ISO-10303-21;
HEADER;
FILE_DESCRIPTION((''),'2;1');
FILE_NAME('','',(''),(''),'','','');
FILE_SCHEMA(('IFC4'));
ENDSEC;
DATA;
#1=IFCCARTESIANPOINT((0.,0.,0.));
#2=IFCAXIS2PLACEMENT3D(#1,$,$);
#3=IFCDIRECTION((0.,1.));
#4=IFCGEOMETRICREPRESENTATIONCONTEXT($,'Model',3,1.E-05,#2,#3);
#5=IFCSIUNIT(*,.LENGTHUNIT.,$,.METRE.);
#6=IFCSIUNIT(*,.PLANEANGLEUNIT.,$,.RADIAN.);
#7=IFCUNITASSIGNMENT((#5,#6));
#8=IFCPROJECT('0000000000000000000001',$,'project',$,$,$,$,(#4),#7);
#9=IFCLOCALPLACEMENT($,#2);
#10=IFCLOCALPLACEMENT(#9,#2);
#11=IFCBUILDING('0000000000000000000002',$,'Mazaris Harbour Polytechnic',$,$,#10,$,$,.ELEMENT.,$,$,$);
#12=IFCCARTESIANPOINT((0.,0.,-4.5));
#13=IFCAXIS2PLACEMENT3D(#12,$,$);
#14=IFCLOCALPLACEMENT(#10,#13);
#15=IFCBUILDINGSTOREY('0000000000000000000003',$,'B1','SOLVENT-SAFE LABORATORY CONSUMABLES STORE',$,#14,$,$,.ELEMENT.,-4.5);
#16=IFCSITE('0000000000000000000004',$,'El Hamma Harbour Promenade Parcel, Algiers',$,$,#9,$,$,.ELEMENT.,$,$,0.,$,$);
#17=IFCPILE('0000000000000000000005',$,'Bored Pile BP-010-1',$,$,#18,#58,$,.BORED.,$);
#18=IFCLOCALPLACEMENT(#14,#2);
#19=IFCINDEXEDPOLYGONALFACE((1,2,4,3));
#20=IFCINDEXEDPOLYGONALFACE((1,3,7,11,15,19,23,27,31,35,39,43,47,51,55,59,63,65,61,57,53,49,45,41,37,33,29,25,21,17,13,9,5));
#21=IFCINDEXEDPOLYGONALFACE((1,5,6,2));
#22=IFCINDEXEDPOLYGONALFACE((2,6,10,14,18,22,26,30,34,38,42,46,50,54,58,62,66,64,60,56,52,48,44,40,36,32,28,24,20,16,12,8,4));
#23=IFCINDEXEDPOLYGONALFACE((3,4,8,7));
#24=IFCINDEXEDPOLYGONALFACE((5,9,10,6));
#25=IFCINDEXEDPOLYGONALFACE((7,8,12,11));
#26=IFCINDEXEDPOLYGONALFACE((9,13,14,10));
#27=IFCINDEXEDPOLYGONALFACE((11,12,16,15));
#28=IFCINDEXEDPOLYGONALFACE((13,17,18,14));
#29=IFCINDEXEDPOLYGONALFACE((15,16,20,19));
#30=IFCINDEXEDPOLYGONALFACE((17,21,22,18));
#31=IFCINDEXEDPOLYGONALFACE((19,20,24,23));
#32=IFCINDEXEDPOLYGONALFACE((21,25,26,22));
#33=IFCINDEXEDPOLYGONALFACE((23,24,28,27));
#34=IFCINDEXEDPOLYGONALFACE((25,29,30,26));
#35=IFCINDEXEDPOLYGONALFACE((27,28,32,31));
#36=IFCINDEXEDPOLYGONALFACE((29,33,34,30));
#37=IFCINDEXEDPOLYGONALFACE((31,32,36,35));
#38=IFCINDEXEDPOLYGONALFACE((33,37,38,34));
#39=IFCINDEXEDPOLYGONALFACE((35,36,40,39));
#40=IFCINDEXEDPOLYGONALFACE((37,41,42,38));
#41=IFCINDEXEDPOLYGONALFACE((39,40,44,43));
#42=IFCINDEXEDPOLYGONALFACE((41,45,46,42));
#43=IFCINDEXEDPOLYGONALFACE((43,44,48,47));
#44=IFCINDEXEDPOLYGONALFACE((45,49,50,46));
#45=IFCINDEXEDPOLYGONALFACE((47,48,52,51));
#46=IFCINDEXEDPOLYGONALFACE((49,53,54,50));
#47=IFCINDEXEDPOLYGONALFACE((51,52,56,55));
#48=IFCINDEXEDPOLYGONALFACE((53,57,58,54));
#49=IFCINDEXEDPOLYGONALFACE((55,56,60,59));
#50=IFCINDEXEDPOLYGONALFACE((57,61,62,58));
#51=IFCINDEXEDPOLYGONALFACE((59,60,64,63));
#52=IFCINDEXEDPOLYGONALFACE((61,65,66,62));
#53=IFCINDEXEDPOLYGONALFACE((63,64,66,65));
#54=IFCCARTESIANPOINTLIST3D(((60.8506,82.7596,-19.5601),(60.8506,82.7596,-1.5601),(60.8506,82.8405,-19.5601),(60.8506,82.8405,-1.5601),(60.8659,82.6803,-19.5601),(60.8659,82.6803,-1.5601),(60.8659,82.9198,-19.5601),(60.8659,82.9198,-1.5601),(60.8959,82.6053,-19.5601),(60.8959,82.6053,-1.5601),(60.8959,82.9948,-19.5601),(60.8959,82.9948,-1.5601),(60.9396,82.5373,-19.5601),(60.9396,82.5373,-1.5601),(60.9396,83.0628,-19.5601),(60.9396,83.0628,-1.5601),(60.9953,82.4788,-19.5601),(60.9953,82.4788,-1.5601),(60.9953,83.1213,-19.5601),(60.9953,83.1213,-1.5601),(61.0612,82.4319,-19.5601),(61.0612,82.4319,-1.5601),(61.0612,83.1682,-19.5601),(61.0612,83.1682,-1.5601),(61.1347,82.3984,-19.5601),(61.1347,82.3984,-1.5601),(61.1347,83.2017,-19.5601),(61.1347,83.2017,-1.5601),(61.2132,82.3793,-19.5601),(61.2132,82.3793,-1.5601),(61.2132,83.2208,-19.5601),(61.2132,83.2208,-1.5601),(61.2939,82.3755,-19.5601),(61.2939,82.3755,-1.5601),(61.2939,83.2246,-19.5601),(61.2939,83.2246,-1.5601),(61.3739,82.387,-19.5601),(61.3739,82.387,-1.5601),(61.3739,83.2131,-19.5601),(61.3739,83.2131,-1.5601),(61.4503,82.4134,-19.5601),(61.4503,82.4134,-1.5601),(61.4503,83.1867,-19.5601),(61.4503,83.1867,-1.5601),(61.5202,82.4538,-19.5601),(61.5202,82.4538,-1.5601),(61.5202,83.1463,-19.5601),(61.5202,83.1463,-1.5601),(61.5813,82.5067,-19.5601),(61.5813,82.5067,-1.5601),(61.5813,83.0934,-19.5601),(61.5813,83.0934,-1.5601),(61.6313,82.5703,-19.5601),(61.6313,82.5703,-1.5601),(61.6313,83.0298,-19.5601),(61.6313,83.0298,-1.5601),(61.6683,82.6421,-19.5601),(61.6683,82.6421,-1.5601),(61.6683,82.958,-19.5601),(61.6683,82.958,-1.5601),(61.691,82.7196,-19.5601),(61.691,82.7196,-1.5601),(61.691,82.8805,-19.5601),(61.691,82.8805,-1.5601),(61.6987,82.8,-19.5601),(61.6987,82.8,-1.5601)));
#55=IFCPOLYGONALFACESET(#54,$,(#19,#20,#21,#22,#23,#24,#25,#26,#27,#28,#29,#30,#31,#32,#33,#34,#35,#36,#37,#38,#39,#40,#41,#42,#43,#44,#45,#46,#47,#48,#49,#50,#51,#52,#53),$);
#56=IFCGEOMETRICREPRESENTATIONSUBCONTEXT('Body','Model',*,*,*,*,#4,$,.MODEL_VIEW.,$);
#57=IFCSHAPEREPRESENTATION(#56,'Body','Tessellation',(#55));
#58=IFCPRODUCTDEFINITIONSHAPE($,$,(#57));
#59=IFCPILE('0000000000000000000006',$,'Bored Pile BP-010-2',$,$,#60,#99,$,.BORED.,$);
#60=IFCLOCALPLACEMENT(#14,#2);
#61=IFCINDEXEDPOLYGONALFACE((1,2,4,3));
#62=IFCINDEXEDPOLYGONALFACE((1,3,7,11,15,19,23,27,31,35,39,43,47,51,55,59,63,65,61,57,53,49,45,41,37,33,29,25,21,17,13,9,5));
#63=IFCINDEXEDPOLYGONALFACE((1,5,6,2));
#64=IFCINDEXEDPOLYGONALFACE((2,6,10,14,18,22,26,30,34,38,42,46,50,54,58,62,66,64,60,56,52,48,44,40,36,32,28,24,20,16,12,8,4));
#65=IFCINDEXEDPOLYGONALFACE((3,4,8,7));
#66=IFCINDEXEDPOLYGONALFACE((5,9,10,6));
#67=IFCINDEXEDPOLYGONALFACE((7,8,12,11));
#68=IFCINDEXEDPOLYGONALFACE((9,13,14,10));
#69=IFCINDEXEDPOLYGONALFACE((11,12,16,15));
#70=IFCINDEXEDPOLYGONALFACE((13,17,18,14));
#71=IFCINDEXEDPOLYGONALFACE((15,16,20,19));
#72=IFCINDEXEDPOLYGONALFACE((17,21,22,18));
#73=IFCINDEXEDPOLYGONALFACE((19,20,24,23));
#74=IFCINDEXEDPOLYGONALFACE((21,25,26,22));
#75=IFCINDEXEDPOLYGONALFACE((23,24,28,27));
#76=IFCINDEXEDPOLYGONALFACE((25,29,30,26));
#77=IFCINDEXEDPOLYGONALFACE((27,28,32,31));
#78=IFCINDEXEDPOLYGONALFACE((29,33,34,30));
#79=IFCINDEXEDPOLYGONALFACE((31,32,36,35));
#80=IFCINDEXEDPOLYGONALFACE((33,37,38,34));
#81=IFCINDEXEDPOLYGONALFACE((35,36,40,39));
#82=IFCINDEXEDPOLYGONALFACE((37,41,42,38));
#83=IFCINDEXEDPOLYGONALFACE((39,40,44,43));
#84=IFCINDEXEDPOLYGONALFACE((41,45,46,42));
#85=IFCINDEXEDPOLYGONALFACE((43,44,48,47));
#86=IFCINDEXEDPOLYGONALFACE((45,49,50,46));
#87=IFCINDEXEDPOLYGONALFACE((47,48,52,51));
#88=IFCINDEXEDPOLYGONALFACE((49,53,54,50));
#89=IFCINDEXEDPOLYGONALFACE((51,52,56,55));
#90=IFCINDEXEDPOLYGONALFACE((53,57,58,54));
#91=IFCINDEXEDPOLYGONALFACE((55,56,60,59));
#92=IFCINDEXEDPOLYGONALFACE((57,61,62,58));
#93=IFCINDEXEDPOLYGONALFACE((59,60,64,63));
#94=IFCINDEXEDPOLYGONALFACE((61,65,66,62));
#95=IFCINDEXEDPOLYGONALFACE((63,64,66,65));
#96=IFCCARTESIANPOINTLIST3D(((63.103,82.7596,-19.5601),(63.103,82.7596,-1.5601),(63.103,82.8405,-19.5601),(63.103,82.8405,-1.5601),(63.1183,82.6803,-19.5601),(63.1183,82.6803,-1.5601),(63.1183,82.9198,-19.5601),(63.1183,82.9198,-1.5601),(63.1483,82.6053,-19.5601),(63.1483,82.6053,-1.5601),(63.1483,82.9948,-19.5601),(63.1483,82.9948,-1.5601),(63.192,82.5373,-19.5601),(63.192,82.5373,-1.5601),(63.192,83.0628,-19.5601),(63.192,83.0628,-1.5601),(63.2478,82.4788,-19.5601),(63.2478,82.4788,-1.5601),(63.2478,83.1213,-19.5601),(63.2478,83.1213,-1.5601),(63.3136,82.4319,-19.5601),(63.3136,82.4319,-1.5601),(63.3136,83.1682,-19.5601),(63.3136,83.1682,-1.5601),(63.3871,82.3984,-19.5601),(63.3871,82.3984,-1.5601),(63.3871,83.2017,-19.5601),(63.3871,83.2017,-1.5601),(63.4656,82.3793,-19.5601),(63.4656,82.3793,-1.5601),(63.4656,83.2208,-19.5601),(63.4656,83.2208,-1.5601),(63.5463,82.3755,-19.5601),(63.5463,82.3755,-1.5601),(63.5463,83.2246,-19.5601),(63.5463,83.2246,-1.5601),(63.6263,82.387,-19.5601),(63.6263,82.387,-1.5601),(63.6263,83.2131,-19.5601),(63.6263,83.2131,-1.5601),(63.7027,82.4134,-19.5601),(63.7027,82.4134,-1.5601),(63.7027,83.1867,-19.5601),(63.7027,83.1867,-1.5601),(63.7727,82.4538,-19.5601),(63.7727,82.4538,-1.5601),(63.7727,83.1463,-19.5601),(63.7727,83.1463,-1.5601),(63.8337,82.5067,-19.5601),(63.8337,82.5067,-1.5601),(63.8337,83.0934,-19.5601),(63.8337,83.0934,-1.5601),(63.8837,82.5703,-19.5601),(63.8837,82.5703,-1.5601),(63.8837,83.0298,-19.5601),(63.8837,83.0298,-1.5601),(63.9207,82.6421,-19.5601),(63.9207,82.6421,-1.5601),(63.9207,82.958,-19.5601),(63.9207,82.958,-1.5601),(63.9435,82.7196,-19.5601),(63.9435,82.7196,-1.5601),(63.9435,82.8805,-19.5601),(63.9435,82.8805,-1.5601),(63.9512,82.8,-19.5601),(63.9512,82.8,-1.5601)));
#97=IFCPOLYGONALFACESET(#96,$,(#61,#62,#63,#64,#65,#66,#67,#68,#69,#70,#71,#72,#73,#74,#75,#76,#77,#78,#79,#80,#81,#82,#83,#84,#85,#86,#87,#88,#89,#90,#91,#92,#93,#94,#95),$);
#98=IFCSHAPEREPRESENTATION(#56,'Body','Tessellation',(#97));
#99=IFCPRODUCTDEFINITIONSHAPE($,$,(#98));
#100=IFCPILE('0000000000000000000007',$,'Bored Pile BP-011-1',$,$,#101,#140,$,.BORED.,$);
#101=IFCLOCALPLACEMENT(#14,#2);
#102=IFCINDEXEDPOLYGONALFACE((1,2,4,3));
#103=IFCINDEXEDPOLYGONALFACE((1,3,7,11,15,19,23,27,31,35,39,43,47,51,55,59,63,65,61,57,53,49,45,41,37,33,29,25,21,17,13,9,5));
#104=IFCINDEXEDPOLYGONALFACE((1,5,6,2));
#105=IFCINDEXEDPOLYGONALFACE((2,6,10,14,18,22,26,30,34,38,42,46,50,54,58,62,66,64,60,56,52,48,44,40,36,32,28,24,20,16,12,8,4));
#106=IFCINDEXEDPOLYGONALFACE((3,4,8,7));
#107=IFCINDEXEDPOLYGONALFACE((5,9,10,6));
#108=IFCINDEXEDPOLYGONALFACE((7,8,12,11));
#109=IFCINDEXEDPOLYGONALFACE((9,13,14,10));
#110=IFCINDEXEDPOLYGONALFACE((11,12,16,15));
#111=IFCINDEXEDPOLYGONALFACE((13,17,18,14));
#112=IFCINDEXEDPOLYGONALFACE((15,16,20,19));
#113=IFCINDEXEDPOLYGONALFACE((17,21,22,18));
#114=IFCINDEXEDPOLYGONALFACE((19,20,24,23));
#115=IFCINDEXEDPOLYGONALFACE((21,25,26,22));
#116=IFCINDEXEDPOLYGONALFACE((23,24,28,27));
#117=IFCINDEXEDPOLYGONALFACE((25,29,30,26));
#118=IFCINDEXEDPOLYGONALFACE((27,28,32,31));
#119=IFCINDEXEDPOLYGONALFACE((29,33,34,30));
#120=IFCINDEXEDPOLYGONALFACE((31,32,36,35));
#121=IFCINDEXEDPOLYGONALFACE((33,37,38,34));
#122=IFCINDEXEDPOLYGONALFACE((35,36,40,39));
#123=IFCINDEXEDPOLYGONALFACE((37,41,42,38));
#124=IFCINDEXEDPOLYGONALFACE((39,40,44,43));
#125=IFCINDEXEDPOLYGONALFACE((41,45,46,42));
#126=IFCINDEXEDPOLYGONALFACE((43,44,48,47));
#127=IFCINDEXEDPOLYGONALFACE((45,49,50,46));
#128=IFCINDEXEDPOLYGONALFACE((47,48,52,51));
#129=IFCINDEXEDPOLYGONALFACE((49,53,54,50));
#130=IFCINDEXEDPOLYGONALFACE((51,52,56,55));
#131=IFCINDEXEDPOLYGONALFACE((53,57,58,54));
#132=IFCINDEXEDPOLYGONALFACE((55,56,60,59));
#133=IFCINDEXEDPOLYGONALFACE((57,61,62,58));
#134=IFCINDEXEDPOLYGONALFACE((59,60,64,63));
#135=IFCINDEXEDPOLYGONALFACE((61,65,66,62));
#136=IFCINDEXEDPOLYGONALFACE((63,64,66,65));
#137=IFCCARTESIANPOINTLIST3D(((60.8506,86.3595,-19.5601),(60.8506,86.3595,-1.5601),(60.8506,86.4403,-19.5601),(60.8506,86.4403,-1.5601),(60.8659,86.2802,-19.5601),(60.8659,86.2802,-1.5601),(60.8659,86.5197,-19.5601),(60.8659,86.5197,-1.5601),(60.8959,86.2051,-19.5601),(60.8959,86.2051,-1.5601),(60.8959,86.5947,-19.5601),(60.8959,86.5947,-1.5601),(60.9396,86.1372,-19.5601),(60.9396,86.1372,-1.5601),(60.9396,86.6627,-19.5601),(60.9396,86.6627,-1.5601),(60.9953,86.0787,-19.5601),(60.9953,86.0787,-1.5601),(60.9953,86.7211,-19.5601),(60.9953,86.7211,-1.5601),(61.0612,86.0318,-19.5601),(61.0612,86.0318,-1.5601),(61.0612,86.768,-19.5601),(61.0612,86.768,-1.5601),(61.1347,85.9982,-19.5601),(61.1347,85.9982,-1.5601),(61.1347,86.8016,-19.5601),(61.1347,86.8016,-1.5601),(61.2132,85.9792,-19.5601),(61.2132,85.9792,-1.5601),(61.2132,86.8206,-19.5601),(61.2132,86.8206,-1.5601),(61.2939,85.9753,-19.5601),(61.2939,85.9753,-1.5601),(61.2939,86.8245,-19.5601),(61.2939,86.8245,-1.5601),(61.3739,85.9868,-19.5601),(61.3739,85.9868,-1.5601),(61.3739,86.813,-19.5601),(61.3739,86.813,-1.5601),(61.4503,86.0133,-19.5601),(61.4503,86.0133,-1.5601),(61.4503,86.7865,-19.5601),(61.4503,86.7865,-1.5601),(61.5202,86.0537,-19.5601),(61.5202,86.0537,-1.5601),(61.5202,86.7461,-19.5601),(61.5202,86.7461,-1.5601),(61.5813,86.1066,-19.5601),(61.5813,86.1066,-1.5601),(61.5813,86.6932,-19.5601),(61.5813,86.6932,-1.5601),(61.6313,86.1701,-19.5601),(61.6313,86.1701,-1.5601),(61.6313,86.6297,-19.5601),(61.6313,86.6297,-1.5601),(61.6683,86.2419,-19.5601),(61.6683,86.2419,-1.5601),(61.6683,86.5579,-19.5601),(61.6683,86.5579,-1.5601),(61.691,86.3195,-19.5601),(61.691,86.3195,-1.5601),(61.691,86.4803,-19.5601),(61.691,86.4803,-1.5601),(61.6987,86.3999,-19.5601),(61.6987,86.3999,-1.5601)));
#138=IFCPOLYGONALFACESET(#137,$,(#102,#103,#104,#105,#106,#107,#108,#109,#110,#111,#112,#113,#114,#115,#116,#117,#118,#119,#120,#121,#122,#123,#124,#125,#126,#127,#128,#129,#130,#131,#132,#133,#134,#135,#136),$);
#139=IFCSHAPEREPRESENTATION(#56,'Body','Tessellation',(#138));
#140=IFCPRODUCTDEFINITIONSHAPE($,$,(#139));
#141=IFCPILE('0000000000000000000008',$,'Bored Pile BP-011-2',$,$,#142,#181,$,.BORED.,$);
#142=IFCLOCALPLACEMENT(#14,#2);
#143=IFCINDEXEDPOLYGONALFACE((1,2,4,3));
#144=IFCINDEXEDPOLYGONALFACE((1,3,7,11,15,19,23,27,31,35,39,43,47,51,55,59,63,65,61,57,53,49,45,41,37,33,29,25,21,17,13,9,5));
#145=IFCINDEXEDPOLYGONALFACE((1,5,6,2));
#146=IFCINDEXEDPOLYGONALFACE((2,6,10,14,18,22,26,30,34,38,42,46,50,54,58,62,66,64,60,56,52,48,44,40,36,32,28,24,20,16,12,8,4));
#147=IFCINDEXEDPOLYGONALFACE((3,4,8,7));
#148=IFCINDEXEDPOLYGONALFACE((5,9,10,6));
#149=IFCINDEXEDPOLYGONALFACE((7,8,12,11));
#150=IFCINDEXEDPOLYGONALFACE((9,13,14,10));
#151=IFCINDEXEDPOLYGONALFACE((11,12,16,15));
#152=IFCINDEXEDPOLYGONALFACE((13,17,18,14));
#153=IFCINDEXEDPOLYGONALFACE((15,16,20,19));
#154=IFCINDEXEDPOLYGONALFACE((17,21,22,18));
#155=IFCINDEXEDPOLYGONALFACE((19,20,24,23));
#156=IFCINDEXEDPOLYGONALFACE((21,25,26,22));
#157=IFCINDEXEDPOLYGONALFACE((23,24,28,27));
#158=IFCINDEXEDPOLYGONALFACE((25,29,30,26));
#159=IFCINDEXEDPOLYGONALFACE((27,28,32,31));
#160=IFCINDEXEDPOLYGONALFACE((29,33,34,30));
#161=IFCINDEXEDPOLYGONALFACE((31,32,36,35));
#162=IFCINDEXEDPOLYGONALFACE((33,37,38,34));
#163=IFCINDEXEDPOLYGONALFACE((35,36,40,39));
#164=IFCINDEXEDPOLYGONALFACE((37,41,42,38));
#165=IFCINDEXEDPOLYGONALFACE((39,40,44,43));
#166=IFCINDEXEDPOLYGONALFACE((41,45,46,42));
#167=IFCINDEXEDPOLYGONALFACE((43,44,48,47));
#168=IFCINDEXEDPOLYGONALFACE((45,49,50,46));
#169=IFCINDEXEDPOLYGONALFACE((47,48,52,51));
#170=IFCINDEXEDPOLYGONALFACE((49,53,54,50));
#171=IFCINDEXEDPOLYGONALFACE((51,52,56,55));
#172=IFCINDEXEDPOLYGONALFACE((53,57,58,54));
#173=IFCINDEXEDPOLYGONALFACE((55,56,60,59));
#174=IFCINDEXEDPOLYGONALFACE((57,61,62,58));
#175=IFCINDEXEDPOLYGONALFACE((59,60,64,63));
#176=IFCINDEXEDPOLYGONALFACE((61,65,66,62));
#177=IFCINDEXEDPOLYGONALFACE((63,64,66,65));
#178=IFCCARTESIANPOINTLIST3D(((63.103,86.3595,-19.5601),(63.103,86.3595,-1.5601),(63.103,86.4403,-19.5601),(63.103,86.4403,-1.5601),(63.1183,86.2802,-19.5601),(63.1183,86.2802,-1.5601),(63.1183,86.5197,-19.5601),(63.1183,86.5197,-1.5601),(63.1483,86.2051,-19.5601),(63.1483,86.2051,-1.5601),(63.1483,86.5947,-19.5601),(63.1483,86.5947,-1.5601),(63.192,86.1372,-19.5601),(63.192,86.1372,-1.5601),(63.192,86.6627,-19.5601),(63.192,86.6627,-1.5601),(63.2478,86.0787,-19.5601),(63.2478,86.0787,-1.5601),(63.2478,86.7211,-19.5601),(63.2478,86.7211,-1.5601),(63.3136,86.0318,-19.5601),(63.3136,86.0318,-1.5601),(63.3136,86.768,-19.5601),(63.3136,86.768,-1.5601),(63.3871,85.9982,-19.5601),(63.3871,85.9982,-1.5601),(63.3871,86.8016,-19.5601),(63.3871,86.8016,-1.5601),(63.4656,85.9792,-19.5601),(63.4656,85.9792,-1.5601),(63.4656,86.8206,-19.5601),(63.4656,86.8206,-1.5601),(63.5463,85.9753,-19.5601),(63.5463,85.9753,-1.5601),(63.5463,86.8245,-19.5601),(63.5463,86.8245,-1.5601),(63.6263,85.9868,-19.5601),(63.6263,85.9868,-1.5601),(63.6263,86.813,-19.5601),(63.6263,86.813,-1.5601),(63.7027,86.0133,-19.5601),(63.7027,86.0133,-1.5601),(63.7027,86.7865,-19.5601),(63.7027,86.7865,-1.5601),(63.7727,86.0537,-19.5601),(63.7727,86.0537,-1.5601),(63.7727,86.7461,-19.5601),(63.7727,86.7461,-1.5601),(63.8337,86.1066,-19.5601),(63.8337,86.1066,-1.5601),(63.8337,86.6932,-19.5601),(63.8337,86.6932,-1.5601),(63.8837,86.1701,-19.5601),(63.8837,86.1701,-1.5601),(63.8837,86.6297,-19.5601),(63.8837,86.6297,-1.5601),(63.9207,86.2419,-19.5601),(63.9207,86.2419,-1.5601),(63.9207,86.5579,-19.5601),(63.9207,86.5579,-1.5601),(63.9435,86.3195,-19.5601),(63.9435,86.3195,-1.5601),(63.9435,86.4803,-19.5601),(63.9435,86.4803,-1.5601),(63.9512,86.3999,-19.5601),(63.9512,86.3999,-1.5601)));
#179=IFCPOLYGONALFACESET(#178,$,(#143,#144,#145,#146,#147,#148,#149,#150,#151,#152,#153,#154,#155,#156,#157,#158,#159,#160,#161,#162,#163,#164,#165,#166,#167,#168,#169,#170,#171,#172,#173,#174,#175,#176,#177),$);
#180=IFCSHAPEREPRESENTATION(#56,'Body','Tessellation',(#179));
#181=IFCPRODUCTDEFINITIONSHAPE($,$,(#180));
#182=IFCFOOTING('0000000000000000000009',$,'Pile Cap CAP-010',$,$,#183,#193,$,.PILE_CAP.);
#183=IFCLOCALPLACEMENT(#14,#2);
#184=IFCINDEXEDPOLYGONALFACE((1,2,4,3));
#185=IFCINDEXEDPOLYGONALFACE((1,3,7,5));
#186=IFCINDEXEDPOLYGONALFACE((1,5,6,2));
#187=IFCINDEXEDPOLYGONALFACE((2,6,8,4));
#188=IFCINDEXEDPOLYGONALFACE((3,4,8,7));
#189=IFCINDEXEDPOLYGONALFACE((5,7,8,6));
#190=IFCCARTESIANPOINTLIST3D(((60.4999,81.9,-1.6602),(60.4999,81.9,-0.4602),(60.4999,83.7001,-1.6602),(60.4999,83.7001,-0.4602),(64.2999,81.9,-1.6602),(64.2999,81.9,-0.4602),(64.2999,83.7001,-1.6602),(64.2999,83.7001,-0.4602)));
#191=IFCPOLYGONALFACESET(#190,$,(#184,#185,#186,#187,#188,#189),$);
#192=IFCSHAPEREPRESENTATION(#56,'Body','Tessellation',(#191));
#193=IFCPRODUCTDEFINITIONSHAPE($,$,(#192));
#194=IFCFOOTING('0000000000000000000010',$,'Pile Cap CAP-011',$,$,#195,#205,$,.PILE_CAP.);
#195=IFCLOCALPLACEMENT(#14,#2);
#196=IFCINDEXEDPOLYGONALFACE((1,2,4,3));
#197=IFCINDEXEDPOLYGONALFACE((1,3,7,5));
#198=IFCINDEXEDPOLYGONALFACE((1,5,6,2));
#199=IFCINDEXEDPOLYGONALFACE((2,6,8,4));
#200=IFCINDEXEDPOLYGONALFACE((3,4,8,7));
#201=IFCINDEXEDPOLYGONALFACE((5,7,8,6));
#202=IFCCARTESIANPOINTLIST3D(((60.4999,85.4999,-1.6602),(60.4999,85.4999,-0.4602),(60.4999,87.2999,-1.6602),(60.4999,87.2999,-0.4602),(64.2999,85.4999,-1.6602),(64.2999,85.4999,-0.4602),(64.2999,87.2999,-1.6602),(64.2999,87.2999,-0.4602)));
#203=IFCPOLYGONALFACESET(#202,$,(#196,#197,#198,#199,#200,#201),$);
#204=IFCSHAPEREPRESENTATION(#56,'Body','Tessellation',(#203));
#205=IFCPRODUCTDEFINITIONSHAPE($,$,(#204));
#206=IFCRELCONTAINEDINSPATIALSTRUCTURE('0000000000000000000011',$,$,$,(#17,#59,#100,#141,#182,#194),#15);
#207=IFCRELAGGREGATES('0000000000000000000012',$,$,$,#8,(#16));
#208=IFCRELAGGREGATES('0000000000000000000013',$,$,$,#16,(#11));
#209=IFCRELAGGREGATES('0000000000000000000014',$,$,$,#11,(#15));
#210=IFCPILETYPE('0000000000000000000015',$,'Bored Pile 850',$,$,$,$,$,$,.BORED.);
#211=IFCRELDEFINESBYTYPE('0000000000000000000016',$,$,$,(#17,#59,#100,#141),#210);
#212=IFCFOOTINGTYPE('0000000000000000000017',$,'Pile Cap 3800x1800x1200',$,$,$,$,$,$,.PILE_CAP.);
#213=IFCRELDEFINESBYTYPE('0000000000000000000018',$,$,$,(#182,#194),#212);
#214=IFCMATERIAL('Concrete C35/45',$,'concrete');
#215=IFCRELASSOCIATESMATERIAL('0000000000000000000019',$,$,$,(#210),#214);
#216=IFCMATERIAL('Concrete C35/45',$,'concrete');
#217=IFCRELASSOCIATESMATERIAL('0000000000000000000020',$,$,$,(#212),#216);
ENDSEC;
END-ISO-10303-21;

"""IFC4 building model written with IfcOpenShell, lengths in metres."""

from ifc_helpers import new_model, si_unit, direction, frame, origin, origin_2d, place, context, subcontext, project, spatial, rectangle, circle, extrude, material, material_profile, profile_set, type_object, element, save


model = new_model("IFC4")

# Units and contexts
model_context = context("Model", 3, precision=1e-05, world=origin(), true_north=direction((0.0, 1.0)))
body_context = subcontext(model_context, "Body", "Model", "MODEL_VIEW")
ifc_project = project(units=[si_unit("LENGTHUNIT", "METRE"), si_unit("PLANEANGLEUNIT", "RADIAN")], contexts=[model_context])

# Site, building, storey
site_placement = place(None, origin())
site = spatial("IfcSite", under=ifc_project, at=site_placement, Name="El Hamma Harbour Promenade Parcel, Algiers", CompositionType="ELEMENT", RefElevation=0.0)
building_placement = place(site_placement, origin())
building = spatial("IfcBuilding", under=site, at=building_placement, Name="Mazaris Harbour Polytechnic", CompositionType="ELEMENT")
storey_placement = place(building_placement, frame((0.0, 0.0, -4.5)))
storey = spatial("IfcBuildingStorey", under=building, at=storey_placement, Name="B1", Description="SOLVENT-SAFE LABORATORY CONSUMABLES STORE", CompositionType="ELEMENT", Elevation=-4.5)

# Piles
ifc_material_1 = material(Name="Concrete C35/45", Category="concrete")
ifc_material_profile_1 = material_profile(ifc_material_1, circle(Radius=0.425, at=origin_2d()), Name="DIA850")
ifc_profile_set_1 = profile_set([ifc_material_profile_1], Name="Concrete C35/45")
pile_type = type_object("IfcPileType", Name="Bored Pile 850", PredefinedType="BORED", material=ifc_profile_set_1)
for number, where, z_axis, x_axis, name in (
    (1, (61.2737, 82.8, -1.5601), (0.0, 0.0, -1.0), (1.0, 0.0, 0.0), "Bored Pile BP-010-1"),
    (2, (63.5261, 82.8, -1.5601), (0.0, 0.0, -1.0), (1.0, 0.0, 0.0), "Bored Pile BP-010-2"),
    (3, (61.2737, 86.3999, -1.5601), (0.0, 0.0, -1.0), (1.0, 0.0, 0.0), "Bored Pile BP-011-1"),
    (4, (63.5261, 86.3999, -1.5601), (0.0, 0.0, -1.0), (1.0, 0.0, 0.0), "Bored Pile BP-011-2"),
):
    element("IfcPile", number, at=place(storey_placement, frame(where, z_axis=z_axis, x_axis=x_axis)), inside=storey, type_object=pile_type, Name=name, PredefinedType="BORED", context=body_context, shape_type="SweptSolid", body=[
        extrude(circle(Radius=0.425, at=origin_2d()), origin(), (0.0, 0.0, 1.0), 18.0),
    ])

# Footings
ifc_material_2 = material(Name="Concrete C35/45", Category="concrete")
footing_type_1 = type_object("IfcFootingType", Name="Pile Cap 3800x1800x1200", PredefinedType="PILE_CAP", material=ifc_material_2)
for number, where, z_axis, x_axis, name in (
    (5, (62.3999, 82.8, -1.6602), (0.0, 0.0, 1.0), (1.0, 0.0, 0.0), "Pile Cap CAP-010"),
    (6, (62.3999, 86.3999, -1.6602), (0.0, 0.0, 1.0), (1.0, 0.0, 0.0), "Pile Cap CAP-011"),
):
    element("IfcFooting", number, at=place(storey_placement, frame(where, z_axis=z_axis, x_axis=x_axis)), inside=storey, type_object=footing_type_1, Name=name, PredefinedType="PILE_CAP", context=body_context, shape_type="SweptSolid", body=[
        extrude(rectangle(XDim=3.8, YDim=1.8, at=origin_2d()), origin(), (0.0, 0.0, 1.0), 1.2),
    ])

save(model, "model.ifc")
